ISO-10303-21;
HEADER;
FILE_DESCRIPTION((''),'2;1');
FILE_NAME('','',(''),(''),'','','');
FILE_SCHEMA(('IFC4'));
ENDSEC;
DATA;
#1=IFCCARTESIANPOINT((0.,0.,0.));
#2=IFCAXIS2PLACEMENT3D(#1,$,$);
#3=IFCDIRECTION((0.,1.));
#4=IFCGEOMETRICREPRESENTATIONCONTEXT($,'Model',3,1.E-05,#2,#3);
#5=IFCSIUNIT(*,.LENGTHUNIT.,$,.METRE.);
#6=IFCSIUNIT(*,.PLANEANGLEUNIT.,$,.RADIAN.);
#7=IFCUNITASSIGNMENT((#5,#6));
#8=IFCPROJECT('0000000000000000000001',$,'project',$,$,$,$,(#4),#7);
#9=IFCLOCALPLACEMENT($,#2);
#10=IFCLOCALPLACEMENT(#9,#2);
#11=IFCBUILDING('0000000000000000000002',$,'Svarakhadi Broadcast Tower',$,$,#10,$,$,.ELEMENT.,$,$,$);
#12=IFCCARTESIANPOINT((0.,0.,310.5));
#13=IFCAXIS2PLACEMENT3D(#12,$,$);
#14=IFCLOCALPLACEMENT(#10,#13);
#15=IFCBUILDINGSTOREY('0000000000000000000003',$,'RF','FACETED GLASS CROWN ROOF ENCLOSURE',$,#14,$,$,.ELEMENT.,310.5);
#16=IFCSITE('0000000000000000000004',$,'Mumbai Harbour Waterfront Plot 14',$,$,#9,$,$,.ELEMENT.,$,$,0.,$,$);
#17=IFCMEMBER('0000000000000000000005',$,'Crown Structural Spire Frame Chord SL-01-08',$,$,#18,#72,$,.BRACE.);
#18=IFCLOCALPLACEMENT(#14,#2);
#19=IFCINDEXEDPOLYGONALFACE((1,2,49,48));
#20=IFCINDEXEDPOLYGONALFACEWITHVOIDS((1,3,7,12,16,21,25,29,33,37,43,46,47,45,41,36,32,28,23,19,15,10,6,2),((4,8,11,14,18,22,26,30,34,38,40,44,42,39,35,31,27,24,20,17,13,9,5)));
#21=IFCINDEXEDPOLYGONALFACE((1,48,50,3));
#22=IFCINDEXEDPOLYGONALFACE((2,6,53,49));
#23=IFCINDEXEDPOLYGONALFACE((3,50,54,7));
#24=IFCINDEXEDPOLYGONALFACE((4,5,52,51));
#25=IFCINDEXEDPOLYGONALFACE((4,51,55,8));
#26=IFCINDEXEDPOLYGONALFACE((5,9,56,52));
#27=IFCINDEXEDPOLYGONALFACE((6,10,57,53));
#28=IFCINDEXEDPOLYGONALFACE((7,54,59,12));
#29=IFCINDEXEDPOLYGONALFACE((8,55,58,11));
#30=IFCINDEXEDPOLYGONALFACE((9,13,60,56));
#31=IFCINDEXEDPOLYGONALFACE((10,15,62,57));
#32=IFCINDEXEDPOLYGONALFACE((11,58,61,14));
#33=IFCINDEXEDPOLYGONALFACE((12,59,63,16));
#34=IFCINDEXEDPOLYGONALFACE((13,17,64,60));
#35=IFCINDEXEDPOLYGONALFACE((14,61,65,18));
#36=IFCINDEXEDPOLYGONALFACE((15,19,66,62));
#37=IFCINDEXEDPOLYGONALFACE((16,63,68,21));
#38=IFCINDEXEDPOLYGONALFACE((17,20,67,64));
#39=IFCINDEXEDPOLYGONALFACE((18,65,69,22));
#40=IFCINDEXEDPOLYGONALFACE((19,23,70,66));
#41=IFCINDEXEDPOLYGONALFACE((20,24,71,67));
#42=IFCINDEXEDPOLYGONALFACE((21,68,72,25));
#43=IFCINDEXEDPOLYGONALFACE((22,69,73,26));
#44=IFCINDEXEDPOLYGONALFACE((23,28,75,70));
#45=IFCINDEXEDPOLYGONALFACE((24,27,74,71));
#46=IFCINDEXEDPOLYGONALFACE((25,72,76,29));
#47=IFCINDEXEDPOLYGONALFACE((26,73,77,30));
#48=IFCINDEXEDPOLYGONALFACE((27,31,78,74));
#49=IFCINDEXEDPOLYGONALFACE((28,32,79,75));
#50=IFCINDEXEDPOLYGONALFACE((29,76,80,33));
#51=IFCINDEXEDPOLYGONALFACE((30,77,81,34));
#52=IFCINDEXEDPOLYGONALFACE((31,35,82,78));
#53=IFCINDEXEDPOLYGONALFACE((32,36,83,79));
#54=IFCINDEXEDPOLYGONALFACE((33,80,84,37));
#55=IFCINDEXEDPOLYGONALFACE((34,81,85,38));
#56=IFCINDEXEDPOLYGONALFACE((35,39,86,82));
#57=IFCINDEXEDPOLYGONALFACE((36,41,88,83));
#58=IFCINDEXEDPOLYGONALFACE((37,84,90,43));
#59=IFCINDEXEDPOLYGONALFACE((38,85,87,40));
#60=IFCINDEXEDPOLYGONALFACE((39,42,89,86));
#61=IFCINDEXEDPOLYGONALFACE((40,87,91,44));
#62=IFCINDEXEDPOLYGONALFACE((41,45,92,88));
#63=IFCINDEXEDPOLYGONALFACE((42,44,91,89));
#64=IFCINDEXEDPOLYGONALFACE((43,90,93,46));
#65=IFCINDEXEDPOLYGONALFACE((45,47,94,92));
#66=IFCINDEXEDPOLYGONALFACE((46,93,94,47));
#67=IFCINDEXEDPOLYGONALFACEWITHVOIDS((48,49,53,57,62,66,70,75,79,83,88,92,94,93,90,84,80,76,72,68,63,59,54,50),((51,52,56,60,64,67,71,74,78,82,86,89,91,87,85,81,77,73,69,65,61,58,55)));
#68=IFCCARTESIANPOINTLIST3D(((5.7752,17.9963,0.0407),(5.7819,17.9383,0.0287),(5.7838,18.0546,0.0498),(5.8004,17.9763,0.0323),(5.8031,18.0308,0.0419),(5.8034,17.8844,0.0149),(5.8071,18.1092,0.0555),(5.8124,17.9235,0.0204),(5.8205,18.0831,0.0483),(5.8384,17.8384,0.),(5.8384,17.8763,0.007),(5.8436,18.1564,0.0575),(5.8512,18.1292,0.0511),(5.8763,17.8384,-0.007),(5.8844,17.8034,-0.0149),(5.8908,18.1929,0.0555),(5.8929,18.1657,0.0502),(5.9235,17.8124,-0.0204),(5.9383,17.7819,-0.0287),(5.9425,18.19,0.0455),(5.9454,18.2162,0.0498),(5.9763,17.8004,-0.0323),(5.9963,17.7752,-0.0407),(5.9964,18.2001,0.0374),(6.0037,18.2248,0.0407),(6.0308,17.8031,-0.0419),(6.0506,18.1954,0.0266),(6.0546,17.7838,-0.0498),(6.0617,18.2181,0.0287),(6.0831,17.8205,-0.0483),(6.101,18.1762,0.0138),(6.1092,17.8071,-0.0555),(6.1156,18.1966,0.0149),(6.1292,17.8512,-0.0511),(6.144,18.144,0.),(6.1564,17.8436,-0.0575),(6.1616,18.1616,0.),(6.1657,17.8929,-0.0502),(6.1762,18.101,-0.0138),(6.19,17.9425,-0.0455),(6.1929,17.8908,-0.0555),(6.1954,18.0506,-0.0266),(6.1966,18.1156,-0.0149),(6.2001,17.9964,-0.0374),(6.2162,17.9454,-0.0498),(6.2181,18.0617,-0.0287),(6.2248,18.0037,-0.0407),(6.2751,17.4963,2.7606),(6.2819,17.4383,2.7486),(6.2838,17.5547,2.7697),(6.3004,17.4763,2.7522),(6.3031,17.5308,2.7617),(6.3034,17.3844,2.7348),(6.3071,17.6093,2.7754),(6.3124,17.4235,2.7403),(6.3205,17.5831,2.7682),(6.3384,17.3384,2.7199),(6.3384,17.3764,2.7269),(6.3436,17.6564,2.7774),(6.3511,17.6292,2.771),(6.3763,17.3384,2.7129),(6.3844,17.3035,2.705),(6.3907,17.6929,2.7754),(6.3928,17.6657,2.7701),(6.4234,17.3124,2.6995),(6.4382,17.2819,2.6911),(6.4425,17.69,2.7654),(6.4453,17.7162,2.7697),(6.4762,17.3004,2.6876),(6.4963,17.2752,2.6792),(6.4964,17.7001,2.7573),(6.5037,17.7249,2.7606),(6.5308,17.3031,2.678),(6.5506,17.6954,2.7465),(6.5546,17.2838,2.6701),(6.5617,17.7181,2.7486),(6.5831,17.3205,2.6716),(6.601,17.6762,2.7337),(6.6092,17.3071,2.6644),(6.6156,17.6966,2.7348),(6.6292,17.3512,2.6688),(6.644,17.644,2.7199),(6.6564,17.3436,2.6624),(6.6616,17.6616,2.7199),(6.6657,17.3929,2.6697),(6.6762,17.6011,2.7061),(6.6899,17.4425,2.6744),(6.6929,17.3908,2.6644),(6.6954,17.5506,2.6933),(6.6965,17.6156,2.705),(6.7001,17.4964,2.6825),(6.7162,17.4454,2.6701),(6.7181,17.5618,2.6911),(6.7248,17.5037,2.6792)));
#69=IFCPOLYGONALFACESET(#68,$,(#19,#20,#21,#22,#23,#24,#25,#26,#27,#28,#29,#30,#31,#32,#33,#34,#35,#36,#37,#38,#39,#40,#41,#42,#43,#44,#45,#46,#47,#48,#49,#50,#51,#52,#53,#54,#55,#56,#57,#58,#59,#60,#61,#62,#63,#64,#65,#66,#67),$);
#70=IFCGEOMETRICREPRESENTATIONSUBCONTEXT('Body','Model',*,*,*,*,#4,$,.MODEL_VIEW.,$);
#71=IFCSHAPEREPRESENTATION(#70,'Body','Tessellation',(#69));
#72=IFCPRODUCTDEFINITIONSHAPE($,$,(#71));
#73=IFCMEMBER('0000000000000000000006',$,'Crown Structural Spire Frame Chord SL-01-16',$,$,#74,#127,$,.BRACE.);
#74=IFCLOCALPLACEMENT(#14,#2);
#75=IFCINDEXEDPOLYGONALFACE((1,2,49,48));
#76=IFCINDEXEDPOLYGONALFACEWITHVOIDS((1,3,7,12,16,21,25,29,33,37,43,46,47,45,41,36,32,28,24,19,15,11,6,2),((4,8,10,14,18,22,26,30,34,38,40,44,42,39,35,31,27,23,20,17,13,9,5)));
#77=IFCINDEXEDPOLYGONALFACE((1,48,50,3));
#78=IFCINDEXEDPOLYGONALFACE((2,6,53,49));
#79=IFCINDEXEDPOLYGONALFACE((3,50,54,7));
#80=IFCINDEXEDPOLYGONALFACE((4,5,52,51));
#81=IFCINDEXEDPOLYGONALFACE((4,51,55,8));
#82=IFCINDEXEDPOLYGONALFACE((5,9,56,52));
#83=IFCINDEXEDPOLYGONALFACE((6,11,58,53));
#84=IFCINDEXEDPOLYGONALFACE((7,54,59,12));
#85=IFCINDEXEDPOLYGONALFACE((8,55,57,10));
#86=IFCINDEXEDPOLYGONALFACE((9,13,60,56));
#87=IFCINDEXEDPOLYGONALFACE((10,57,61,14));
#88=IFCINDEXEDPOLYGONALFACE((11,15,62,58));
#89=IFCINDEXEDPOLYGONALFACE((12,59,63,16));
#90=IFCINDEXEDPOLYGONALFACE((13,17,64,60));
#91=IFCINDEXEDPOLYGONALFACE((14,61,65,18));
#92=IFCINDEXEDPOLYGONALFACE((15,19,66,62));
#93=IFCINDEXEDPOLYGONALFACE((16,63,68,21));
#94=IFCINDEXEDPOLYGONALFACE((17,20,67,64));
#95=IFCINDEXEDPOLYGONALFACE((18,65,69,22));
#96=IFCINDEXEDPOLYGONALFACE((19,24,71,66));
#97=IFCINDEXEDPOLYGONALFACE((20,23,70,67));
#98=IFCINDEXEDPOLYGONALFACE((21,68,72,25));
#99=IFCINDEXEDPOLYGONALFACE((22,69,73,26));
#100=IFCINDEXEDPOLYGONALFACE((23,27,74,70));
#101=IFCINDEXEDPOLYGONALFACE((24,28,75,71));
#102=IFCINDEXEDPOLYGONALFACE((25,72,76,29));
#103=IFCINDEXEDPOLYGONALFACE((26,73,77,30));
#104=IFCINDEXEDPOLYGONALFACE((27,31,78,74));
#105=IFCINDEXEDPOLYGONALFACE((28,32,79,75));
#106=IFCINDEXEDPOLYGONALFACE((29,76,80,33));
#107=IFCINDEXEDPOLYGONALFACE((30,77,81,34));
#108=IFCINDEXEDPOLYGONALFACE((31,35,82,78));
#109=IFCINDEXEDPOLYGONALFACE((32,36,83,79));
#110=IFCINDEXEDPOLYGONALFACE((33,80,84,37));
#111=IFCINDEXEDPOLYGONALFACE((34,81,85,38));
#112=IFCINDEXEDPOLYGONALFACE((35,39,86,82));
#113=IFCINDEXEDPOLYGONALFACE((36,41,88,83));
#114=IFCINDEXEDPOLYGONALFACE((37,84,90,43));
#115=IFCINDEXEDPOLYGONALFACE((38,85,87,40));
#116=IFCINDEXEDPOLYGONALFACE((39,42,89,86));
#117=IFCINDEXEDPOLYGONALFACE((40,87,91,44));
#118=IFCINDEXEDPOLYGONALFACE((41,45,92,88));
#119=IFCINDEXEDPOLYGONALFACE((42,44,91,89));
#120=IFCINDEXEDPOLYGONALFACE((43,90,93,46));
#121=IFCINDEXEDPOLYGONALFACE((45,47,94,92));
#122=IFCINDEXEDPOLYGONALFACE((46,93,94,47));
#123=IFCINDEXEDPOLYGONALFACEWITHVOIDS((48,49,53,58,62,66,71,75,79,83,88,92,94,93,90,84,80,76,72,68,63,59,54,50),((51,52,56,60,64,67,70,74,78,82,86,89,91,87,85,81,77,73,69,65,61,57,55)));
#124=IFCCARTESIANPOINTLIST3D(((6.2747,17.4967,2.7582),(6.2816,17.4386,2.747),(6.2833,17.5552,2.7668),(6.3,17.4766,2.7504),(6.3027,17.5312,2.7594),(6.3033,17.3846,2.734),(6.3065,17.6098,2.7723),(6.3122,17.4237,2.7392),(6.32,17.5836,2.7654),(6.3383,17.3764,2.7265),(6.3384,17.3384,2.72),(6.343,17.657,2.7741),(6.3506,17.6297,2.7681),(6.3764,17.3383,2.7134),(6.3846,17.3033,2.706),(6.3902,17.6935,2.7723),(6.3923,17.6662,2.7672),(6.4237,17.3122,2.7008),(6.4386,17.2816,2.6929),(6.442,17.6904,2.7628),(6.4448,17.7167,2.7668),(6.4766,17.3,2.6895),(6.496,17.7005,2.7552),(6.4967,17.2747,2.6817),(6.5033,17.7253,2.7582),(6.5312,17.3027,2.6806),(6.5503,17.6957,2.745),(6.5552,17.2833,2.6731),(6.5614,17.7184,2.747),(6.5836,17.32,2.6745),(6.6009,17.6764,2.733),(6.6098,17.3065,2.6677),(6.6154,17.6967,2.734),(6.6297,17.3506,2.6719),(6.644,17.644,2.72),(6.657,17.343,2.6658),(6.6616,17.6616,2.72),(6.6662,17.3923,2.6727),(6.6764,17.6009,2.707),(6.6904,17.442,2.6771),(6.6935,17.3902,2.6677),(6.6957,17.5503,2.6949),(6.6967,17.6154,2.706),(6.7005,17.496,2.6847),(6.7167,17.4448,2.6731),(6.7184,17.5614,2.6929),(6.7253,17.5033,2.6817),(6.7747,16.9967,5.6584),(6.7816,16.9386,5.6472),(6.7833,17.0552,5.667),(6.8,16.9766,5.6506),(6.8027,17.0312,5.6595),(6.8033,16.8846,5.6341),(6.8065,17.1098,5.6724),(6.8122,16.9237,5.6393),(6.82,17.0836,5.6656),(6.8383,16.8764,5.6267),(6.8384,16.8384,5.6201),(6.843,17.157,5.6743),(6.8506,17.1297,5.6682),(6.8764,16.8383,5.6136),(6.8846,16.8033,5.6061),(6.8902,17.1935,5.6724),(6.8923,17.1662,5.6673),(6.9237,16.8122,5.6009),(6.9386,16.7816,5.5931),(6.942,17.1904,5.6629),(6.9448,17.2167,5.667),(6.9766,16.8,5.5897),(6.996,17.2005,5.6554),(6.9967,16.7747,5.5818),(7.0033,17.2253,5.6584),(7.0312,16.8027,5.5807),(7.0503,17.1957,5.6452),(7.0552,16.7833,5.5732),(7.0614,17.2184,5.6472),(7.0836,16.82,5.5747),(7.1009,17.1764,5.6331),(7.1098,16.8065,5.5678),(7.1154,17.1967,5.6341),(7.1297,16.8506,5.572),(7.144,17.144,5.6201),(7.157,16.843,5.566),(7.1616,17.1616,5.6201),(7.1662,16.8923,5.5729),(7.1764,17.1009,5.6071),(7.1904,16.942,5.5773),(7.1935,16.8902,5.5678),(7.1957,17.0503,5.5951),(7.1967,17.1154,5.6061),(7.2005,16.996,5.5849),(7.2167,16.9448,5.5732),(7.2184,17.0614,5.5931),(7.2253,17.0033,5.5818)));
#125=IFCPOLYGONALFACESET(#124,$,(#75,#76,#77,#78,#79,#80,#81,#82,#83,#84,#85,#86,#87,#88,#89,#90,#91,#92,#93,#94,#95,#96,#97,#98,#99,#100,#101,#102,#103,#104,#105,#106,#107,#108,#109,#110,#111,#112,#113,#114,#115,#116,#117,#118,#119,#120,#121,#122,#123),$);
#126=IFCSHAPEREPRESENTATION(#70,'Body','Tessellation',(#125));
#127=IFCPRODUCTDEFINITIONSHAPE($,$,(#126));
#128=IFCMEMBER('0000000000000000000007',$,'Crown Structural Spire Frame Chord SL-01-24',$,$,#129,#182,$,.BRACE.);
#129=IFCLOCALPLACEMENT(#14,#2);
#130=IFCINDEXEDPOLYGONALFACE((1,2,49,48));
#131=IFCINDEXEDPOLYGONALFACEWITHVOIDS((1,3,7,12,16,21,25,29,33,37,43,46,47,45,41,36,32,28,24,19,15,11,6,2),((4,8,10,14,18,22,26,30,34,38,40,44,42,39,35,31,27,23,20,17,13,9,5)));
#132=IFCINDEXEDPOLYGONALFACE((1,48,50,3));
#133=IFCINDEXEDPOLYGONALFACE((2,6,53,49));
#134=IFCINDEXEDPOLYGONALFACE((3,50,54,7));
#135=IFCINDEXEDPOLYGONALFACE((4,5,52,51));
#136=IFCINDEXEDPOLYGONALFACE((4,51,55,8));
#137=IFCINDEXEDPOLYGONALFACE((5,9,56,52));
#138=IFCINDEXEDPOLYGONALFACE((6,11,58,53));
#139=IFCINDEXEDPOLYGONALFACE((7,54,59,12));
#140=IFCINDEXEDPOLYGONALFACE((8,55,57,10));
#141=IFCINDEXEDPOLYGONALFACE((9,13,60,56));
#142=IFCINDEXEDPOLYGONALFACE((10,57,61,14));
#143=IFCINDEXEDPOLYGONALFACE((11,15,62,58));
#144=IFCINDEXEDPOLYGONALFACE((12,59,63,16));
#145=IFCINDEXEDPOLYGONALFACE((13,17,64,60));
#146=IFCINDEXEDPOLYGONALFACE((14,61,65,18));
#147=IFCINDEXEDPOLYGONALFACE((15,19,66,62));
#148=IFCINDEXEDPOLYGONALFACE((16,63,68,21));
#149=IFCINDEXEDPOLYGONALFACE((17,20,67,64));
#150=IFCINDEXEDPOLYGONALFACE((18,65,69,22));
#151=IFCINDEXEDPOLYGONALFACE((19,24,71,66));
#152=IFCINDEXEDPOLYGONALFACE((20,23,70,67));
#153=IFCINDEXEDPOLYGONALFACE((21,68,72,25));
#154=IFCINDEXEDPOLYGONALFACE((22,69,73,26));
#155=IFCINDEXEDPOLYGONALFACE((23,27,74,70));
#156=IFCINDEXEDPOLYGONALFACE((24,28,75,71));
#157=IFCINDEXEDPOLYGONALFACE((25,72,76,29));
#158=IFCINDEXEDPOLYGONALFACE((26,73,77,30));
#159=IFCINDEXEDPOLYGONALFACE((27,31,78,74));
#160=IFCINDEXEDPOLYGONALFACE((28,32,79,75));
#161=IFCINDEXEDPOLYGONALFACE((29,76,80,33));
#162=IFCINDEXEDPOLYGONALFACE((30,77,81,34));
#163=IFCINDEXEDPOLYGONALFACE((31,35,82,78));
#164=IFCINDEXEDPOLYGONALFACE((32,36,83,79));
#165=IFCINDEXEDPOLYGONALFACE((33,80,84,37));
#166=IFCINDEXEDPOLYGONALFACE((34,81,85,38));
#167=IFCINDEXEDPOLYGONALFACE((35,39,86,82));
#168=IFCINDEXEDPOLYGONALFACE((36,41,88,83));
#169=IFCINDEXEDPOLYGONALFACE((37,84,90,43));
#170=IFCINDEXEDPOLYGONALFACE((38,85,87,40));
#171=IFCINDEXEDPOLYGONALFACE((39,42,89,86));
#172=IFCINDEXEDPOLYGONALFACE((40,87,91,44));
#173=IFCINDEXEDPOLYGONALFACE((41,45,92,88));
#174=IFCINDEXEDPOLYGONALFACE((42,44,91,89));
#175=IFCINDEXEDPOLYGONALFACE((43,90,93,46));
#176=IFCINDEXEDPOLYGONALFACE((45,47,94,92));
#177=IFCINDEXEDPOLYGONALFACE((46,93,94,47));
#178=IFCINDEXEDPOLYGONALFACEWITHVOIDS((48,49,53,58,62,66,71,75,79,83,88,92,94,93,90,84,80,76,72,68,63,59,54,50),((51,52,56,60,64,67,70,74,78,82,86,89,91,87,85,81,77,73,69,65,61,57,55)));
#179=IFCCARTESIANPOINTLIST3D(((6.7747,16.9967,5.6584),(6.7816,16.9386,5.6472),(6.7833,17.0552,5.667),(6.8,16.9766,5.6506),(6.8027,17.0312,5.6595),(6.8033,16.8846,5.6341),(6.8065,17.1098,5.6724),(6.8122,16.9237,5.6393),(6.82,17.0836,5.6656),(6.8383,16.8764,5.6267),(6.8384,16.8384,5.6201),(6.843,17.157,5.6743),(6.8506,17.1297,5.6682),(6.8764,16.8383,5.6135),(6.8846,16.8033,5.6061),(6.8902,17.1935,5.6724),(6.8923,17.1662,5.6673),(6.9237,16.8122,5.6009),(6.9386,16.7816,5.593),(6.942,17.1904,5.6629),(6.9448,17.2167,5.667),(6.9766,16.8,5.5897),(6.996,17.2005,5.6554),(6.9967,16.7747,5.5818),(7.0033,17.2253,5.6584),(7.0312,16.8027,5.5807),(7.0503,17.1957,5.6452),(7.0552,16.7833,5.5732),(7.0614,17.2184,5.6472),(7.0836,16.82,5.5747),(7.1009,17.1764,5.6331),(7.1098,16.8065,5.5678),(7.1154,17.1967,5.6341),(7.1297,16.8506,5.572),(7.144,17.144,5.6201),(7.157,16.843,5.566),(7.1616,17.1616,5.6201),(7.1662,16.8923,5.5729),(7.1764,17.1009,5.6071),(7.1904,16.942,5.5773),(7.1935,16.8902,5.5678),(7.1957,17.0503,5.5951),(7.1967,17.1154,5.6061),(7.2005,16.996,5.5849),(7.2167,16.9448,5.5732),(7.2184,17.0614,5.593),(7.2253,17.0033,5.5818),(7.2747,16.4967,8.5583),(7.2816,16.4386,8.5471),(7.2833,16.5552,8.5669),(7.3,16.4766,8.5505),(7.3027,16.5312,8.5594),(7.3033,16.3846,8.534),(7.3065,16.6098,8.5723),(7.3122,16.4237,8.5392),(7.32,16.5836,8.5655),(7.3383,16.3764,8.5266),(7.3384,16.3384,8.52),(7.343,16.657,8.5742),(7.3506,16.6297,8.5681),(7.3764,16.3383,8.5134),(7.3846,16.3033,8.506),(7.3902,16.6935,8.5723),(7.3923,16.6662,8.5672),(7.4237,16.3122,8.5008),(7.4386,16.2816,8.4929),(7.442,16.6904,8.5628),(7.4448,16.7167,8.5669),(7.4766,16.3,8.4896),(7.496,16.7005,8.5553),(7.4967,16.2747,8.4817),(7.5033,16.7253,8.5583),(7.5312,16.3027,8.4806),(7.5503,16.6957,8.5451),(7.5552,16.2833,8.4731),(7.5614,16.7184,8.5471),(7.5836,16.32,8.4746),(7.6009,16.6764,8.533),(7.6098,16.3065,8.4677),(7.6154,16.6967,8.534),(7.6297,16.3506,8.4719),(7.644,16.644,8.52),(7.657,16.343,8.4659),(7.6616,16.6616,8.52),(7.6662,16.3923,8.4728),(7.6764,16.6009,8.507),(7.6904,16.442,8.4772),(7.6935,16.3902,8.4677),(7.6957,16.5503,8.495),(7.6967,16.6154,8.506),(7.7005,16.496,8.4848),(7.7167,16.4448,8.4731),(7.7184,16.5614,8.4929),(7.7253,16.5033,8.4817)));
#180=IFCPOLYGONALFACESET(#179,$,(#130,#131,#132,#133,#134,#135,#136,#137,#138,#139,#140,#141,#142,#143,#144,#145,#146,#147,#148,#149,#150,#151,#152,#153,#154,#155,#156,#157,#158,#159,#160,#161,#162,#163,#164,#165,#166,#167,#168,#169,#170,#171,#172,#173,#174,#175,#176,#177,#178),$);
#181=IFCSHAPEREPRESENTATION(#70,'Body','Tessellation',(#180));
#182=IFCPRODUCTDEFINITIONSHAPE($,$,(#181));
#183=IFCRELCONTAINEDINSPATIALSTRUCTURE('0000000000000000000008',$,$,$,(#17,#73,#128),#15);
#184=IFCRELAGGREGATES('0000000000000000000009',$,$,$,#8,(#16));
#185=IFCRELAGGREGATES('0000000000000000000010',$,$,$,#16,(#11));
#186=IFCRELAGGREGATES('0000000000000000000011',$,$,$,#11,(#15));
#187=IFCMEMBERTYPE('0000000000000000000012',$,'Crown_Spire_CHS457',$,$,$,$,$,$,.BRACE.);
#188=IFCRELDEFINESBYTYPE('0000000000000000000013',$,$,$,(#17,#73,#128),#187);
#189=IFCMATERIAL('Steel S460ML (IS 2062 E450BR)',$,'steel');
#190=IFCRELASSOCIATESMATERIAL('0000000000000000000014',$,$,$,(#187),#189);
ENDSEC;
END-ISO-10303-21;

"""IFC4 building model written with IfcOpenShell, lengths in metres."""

from ifc_helpers import new_model, si_unit, direction, frame, origin, origin_2d, place, context, subcontext, project, spatial, hollow_circle, extrude, material, material_profile, profile_set, type_object, element, save


model = new_model("IFC4")

# Units and contexts
model_context = context("Model", 3, precision=1e-05, world=origin(), true_north=direction((0.0, 1.0)))
body_context = subcontext(model_context, "Body", "Model", "MODEL_VIEW")
ifc_project = project(units=[si_unit("LENGTHUNIT", "METRE"), si_unit("PLANEANGLEUNIT", "RADIAN")], contexts=[model_context])

# Site, building, storey
site_placement = place(None, origin())
site = spatial("IfcSite", under=ifc_project, at=site_placement, Name="Mumbai Harbour Waterfront Plot 14", CompositionType="ELEMENT", RefElevation=0.0)
building_placement = place(site_placement, origin())
building = spatial("IfcBuilding", under=site, at=building_placement, Name="Svarakhadi Broadcast Tower", CompositionType="ELEMENT")
storey_placement = place(building_placement, frame((0.0, 0.0, 310.5)))
storey = spatial("IfcBuildingStorey", under=building, at=storey_placement, Name="RF", Description="FACETED GLASS CROWN ROOF ENCLOSURE", CompositionType="ELEMENT", Elevation=310.5)

# Shared definitions
ifc_material_1 = material(Name="Steel S460ML (IS 2062 E450BR)", Category="steel")

# Members
ifc_material_profile_1 = material_profile(ifc_material_1, hollow_circle(Radius=0.2285, WallThickness=0.0249, at=origin_2d()), Name="CHS 457x25")
ifc_profile_set_1 = profile_set([ifc_material_profile_1], Name="Steel S460ML (IS 2062 E450BR)")
member_type_1 = type_object("IfcMemberType", Name="Crown_Spire_CHS457", PredefinedType="BRACE", material=ifc_profile_set_1)
member_1_placement = place(storey_placement, frame((6.0, 18.0, 0.0), z_axis=(0.177912, -0.177912, 0.96783), x_axis=(0.707107, 0.707107, 0.0)))
element("IfcMember", 1, at=member_1_placement, inside=storey, type_object=member_type_1, Name="Crown Structural Spire Frame Chord SL-01-08", PredefinedType="BRACE", context=body_context, shape_type="SweptSolid", body=[
    extrude(hollow_circle(Radius=0.2285, WallThickness=0.0249, at=origin_2d()), origin(), (0.0, 0.0, 1.0), 2.8103),
])
member_2_placement = place(storey_placement, frame((6.5, 17.5, 2.72), z_axis=(0.167498, -0.167498, 0.971539), x_axis=(0.707107, 0.707107, 0.0)))
element("IfcMember", 2, at=member_2_placement, inside=storey, type_object=member_type_1, Name="Crown Structural Spire Frame Chord SL-01-16", PredefinedType="BRACE", context=body_context, shape_type="SweptSolid", body=[
    extrude(hollow_circle(Radius=0.2285, WallThickness=0.0249, at=origin_2d()), origin(), (0.0, 0.0, 1.0), 2.9851),
])
member_3_placement = place(storey_placement, frame((7.0, 17.0, 5.6201), z_axis=(0.167512, -0.167512, 0.971535), x_axis=(0.707107, 0.707107, 0.0)))
element("IfcMember", 3, at=member_3_placement, inside=storey, type_object=member_type_1, Name="Crown Structural Spire Frame Chord SL-01-24", PredefinedType="BRACE", context=body_context, shape_type="SweptSolid", body=[
    extrude(hollow_circle(Radius=0.2285, WallThickness=0.0249, at=origin_2d()), origin(), (0.0, 0.0, 1.0), 2.9849),
])

save(model, "model.ifc")
